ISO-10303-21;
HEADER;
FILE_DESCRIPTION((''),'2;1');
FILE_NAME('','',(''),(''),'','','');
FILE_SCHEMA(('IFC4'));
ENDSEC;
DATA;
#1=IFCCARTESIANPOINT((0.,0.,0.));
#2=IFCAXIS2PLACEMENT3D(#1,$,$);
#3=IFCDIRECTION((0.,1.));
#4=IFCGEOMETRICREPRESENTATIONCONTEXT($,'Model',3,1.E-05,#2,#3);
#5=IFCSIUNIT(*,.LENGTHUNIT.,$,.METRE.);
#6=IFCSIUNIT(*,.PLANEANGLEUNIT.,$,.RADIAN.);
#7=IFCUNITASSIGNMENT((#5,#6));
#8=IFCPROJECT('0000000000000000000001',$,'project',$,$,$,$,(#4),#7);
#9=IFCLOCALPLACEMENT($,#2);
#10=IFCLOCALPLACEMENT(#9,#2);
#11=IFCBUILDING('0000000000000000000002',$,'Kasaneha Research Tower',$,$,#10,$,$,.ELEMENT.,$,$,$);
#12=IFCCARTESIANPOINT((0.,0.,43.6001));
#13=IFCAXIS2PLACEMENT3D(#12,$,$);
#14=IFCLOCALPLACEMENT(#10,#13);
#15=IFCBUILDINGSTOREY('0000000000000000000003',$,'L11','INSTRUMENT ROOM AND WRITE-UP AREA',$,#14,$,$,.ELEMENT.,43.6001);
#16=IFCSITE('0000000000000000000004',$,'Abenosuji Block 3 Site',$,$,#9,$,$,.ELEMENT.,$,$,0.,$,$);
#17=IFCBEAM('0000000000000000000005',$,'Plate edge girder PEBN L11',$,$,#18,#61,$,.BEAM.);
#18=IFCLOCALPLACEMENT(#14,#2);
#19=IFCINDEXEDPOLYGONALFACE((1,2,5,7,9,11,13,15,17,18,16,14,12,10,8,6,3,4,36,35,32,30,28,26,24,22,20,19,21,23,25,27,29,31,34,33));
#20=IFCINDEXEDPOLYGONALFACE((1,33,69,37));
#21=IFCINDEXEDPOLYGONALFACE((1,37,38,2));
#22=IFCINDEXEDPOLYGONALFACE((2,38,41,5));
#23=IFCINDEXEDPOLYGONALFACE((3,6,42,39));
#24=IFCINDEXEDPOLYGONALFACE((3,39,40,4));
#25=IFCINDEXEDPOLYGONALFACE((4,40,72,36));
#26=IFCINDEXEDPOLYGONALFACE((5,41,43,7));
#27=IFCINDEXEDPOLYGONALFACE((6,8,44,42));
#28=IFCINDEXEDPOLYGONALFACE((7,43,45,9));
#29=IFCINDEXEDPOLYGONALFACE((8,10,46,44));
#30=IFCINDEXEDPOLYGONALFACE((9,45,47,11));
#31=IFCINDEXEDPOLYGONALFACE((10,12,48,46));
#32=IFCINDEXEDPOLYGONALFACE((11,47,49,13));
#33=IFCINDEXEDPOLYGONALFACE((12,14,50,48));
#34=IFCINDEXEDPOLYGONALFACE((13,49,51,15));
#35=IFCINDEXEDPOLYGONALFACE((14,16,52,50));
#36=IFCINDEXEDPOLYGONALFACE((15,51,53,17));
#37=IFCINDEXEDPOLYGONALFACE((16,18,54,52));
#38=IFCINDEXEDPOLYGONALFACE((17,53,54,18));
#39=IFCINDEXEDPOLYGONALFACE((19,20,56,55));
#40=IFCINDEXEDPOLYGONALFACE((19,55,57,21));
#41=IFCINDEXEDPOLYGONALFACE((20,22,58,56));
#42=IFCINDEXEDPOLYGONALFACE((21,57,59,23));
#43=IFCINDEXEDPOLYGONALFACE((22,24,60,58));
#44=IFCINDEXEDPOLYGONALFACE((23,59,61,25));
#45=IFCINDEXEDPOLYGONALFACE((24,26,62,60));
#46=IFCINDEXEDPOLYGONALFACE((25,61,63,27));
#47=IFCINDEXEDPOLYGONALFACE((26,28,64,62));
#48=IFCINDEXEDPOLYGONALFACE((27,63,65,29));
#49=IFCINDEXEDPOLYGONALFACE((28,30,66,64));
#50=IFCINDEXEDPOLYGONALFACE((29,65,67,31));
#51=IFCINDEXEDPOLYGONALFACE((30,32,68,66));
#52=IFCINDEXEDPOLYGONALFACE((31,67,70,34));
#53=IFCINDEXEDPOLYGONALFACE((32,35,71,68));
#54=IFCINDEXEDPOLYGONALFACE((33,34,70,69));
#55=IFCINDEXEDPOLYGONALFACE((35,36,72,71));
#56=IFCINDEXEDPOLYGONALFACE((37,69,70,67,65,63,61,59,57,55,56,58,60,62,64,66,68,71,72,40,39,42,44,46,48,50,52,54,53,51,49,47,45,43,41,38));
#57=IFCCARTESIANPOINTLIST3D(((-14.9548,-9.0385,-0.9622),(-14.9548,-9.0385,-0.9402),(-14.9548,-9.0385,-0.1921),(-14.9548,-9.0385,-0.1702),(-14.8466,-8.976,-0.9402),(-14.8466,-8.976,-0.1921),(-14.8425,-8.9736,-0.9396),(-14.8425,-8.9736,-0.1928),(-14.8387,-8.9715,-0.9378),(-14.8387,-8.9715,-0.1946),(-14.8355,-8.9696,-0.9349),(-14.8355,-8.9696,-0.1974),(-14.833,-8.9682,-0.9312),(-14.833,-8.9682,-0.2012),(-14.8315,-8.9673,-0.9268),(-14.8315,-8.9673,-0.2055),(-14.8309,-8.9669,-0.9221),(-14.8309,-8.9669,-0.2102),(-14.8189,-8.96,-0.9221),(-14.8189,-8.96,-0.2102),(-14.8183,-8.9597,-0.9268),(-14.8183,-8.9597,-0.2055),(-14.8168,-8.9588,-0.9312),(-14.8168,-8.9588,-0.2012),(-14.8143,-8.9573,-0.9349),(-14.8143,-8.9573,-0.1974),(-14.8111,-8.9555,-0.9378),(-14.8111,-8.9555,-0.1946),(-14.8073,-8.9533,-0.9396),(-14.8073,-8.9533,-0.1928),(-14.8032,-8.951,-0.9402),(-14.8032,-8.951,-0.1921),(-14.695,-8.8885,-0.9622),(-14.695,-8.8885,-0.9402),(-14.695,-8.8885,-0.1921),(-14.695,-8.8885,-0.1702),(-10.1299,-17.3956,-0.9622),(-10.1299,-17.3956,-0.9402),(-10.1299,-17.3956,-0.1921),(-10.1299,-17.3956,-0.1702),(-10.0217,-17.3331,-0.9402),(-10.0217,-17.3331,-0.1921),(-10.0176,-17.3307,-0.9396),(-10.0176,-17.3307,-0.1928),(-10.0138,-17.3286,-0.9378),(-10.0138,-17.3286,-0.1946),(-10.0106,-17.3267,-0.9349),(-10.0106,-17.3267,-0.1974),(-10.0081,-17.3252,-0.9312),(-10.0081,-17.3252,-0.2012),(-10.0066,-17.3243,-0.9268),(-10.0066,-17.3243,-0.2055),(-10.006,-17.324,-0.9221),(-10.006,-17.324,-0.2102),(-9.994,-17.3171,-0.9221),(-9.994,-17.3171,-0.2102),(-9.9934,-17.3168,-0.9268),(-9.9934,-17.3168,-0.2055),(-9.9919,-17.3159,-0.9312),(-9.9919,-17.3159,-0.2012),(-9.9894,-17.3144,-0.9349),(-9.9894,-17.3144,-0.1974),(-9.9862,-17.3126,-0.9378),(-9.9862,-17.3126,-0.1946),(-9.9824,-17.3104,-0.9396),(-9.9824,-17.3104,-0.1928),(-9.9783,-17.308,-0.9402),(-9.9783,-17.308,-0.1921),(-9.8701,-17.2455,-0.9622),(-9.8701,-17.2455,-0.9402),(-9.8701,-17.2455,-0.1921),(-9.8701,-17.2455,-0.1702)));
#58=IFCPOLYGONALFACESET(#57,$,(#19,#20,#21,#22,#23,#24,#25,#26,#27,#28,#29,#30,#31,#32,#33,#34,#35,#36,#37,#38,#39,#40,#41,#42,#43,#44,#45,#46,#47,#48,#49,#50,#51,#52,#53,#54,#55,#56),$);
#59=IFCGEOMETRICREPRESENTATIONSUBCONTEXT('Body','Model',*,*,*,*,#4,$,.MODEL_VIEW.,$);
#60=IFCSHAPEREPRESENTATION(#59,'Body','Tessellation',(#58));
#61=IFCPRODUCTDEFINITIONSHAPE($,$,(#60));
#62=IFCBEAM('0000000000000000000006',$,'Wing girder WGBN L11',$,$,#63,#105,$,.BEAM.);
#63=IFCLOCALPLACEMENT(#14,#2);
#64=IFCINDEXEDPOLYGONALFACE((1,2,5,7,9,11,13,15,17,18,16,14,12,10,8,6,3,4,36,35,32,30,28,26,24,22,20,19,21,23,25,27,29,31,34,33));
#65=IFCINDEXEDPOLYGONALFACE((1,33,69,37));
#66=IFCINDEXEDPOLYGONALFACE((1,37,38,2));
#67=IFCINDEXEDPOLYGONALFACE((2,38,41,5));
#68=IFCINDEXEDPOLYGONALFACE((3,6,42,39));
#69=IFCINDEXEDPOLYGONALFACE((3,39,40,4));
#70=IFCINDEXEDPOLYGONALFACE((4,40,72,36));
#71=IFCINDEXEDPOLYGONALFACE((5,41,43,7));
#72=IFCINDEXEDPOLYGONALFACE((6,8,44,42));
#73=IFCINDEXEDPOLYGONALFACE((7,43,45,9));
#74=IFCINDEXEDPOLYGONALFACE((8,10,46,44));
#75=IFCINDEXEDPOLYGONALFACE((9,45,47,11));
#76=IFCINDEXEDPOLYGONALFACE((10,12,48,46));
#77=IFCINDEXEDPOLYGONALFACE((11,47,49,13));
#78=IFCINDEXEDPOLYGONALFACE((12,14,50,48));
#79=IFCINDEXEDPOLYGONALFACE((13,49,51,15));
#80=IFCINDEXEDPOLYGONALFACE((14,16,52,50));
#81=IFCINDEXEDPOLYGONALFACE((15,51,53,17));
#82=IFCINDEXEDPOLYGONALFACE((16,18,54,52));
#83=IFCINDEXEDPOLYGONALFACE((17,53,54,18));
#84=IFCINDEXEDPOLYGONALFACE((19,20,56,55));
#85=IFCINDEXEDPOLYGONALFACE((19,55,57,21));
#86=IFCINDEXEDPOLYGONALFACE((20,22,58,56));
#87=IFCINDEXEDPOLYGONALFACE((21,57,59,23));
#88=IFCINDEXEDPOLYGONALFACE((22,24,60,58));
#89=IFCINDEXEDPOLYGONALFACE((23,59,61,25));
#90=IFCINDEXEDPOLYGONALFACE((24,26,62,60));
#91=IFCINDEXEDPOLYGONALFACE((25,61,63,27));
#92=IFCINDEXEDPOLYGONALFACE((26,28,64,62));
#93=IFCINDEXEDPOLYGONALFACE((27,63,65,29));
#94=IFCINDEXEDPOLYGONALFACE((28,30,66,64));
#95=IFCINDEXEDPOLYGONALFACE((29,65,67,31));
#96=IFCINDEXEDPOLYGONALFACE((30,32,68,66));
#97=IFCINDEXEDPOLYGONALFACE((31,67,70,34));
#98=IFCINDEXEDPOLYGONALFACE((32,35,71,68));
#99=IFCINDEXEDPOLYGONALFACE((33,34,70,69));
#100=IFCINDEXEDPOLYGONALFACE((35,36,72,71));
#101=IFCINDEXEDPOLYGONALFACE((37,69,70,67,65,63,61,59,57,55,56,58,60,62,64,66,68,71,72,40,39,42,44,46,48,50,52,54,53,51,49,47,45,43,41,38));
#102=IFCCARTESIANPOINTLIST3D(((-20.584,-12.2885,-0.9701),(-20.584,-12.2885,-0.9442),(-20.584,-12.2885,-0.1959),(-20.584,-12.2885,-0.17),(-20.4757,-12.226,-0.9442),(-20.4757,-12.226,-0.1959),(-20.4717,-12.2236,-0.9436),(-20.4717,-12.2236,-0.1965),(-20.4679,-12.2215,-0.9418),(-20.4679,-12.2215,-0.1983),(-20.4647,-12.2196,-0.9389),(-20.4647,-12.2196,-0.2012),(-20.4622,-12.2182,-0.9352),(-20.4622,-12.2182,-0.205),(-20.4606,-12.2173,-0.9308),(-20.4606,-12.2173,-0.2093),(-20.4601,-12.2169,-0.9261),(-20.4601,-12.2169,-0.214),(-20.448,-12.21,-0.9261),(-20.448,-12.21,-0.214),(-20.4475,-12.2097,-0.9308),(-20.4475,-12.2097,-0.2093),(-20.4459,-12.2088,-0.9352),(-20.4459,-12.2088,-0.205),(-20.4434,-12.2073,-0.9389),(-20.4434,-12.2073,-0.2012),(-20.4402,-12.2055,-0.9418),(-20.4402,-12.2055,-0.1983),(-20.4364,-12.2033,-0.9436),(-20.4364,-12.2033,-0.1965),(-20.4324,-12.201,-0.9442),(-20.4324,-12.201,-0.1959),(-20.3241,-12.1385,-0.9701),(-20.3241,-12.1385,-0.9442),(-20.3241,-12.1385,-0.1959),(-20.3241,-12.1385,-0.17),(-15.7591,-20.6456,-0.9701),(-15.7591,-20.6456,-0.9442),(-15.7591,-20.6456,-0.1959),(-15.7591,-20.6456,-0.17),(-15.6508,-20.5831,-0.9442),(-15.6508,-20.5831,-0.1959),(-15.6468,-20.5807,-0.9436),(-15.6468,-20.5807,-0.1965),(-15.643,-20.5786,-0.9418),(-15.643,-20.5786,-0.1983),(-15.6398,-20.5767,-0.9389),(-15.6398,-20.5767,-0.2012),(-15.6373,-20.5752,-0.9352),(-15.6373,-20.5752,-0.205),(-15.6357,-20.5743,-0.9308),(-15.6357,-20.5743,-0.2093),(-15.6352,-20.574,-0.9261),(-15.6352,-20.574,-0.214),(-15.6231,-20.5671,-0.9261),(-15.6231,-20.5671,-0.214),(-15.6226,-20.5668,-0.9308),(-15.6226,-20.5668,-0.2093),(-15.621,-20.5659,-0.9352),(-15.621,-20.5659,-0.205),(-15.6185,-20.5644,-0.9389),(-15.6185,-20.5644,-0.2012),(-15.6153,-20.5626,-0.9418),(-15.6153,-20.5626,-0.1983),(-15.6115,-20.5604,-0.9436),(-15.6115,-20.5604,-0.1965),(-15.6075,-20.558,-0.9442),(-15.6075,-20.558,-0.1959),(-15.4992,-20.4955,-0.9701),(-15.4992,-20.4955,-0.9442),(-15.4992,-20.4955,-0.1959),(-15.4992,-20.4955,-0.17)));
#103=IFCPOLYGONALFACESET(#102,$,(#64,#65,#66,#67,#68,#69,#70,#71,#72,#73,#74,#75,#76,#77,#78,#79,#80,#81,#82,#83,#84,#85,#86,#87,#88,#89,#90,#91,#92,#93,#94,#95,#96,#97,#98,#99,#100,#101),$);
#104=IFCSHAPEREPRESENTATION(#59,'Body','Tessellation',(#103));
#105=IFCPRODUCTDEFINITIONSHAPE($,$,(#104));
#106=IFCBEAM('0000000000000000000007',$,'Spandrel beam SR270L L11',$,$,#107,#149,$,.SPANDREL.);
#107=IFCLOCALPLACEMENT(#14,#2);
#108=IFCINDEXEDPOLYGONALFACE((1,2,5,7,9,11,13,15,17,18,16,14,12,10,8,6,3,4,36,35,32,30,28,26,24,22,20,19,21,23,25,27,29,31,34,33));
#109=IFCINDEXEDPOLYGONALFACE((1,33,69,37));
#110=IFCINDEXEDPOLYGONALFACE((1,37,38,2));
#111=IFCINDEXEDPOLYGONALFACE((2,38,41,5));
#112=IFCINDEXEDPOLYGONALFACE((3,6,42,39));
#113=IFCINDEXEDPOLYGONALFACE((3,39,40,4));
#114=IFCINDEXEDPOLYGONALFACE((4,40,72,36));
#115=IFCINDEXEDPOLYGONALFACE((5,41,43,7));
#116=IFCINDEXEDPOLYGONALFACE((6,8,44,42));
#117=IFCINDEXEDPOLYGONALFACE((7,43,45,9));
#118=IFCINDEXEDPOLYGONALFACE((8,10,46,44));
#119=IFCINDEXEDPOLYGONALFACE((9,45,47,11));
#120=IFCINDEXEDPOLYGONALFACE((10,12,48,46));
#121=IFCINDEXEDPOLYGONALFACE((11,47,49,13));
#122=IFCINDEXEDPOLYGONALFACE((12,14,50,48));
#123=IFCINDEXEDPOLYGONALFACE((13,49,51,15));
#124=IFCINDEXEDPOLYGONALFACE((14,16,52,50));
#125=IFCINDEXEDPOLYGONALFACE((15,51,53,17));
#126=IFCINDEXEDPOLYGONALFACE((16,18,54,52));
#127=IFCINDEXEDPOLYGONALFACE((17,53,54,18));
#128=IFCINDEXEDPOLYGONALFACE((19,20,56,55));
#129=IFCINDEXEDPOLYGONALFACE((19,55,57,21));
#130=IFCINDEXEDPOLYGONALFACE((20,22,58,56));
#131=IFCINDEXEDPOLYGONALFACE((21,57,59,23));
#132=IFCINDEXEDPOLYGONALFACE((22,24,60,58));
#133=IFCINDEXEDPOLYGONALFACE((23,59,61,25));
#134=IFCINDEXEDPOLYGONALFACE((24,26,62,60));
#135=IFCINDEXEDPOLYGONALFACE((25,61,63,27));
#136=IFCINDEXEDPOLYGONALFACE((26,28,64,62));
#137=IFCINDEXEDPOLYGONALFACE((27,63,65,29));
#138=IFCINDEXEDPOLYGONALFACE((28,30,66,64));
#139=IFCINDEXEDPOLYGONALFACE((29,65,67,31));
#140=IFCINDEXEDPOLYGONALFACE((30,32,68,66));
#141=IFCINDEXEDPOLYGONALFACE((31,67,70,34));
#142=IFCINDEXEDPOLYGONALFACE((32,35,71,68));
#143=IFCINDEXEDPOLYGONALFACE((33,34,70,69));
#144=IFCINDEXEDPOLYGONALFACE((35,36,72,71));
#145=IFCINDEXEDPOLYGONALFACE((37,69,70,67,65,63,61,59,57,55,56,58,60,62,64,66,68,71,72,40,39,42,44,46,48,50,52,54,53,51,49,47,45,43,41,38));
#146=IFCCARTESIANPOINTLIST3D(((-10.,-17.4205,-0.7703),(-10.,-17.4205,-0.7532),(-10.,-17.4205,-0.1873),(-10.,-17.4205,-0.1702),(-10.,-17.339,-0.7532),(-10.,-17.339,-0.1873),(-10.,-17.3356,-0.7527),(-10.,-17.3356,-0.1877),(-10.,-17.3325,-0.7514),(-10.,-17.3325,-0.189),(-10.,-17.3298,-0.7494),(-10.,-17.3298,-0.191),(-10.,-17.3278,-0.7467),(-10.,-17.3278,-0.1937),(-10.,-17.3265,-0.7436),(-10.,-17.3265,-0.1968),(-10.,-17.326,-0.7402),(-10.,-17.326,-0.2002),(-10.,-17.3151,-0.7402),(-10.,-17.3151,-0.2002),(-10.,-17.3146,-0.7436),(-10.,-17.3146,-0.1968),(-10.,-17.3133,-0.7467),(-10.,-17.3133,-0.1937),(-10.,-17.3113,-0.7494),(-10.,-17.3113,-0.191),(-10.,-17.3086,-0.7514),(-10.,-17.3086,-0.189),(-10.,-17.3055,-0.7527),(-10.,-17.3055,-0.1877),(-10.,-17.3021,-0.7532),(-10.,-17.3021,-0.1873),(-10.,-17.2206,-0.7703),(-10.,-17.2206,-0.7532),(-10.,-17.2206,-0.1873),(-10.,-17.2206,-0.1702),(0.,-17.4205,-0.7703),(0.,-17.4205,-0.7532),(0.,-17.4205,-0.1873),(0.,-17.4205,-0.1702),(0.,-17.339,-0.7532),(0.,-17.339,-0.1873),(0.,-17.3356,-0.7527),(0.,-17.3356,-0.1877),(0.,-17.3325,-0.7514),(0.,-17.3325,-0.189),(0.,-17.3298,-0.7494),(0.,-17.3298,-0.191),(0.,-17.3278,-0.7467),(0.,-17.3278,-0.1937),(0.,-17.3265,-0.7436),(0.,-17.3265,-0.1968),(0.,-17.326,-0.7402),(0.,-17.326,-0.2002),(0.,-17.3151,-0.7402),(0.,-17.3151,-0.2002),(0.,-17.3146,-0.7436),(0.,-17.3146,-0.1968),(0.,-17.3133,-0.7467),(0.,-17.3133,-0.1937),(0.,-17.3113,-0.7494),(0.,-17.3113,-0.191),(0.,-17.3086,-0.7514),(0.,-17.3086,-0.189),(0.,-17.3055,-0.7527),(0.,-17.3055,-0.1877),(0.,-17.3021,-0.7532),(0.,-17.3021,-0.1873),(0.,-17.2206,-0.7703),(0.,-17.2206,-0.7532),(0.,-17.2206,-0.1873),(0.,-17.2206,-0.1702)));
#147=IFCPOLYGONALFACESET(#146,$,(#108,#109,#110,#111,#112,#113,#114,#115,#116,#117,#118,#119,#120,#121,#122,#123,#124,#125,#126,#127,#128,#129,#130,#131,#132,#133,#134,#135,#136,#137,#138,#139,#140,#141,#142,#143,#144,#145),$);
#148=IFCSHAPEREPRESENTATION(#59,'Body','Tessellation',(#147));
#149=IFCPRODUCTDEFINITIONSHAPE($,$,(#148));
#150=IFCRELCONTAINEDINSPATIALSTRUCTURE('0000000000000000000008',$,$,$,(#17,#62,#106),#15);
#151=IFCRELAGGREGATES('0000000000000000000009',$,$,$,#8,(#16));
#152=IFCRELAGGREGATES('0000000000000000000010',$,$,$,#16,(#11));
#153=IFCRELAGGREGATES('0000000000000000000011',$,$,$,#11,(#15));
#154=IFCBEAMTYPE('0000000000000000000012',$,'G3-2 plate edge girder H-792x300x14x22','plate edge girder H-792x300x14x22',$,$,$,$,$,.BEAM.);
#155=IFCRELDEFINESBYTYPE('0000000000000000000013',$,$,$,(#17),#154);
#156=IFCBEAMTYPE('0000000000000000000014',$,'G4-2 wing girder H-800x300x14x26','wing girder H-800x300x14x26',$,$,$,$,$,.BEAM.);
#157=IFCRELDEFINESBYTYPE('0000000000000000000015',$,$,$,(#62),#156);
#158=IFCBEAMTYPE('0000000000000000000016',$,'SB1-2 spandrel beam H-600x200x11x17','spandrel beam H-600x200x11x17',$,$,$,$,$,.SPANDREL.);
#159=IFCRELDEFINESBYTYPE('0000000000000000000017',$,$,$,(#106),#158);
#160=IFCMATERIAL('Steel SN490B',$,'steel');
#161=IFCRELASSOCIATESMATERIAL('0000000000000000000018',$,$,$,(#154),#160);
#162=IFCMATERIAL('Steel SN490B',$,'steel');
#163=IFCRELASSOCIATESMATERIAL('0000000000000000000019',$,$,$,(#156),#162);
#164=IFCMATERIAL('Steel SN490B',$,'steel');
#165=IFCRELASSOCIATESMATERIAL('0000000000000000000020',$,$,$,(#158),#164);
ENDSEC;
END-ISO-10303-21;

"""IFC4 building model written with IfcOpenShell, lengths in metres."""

from ifc_helpers import new_model, si_unit, direction, frame, origin, origin_2d, place, context, subcontext, project, spatial, i_section, extrude, material, material_profile, profile_set, type_object, element, save


model = new_model("IFC4")

# Units and contexts
model_context = context("Model", 3, precision=1e-05, world=origin(), true_north=direction((0.0, 1.0)))
body_context = subcontext(model_context, "Body", "Model", "MODEL_VIEW")
ifc_project = project(units=[si_unit("LENGTHUNIT", "METRE"), si_unit("PLANEANGLEUNIT", "RADIAN")], contexts=[model_context])

# Site, building, storey
site_placement = place(None, origin())
site = spatial("IfcSite", under=ifc_project, at=site_placement, Name="Abenosuji Block 3 Site", CompositionType="ELEMENT", RefElevation=0.0)
building_placement = place(site_placement, origin())
building = spatial("IfcBuilding", under=site, at=building_placement, Name="Kasaneha Research Tower", CompositionType="ELEMENT")
storey_placement = place(building_placement, frame((0.0, 0.0, 43.6001)))
storey = spatial("IfcBuildingStorey", under=building, at=storey_placement, Name="L11", Description="INSTRUMENT ROOM AND WRITE-UP AREA", CompositionType="ELEMENT", Elevation=43.6001)

# Beams
ifc_material_1 = material(Name="Steel SN490B", Category="steel")
ifc_material_profile_1 = material_profile(ifc_material_1, i_section(OverallWidth=0.3, OverallDepth=0.792, WebThickness=0.0139, FlangeThickness=0.022, FilletRadius=0.0181, at=origin_2d()), Name="H-792x300x14x22")
ifc_profile_set_1 = profile_set([ifc_material_profile_1], Name="Steel SN490B")
beam_type_1 = type_object("IfcBeamType", Name="G3-2 plate edge girder H-792x300x14x22", Description="plate edge girder H-792x300x14x22", PredefinedType="BEAM", material=ifc_profile_set_1)
beam_1_placement = place(storey_placement, frame((-10.0, -17.3206, -0.5662), z_axis=(-0.499995, 0.866028, 0.0), x_axis=(-0.866028, -0.499995, 0.0)))
element("IfcBeam", 1, at=beam_1_placement, inside=storey, type_object=beam_type_1, Name="Plate edge girder PEBN L11", PredefinedType="BEAM", context=body_context, shape_type="SweptSolid", body=[
    extrude(i_section(OverallWidth=0.3, OverallDepth=0.792, WebThickness=0.0139, FlangeThickness=0.022, FilletRadius=0.0181, at=origin_2d()), origin(), (0.0, 0.0, 1.0), 9.6499),
])
ifc_material_2 = material(Name="Steel SN490B", Category="steel")
ifc_material_profile_2 = material_profile(ifc_material_2, i_section(OverallWidth=0.3, OverallDepth=0.8, WebThickness=0.0139, FlangeThickness=0.0259, FilletRadius=0.0181, at=origin_2d()), Name="H-800x300x14x26")
ifc_profile_set_2 = profile_set([ifc_material_profile_2], Name="Steel SN490B")
beam_type_2 = type_object("IfcBeamType", Name="G4-2 wing girder H-800x300x14x26", Description="wing girder H-800x300x14x26", PredefinedType="BEAM", material=ifc_profile_set_2)
beam_2_placement = place(storey_placement, frame((-15.6292, -20.5706, -0.5701), z_axis=(-0.499995, 0.866028, 0.0), x_axis=(-0.866028, -0.499995, 0.0)))
element("IfcBeam", 2, at=beam_2_placement, inside=storey, type_object=beam_type_2, Name="Wing girder WGBN L11", PredefinedType="BEAM", context=body_context, shape_type="SweptSolid", body=[
    extrude(i_section(OverallWidth=0.3, OverallDepth=0.8, WebThickness=0.0139, FlangeThickness=0.0259, FilletRadius=0.0181, at=origin_2d()), origin(), (0.0, 0.0, 1.0), 9.6499),
])
ifc_material_3 = material(Name="Steel SN490B", Category="steel")
ifc_material_profile_3 = material_profile(ifc_material_3, i_section(OverallWidth=0.2, OverallDepth=0.6001, WebThickness=0.011, FlangeThickness=0.0171, FilletRadius=0.0129, at=origin_2d()), Name="H-600x200x11x17")
ifc_profile_set_3 = profile_set([ifc_material_profile_3], Name="Steel SN490B")
beam_type_3 = type_object("IfcBeamType", Name="SB1-2 spandrel beam H-600x200x11x17", Description="spandrel beam H-600x200x11x17", PredefinedType="SPANDREL", material=ifc_profile_set_3)
beam_3_placement = place(storey_placement, frame((-10.0, -17.3206, -0.4702), z_axis=(1.0, 0.0, 0.0), x_axis=(0.0, 1.0, 0.0)))
element("IfcBeam", 3, at=beam_3_placement, inside=storey, type_object=beam_type_3, Name="Spandrel beam SR270L L11", PredefinedType="SPANDREL", context=body_context, shape_type="SweptSolid", body=[
    extrude(i_section(OverallWidth=0.2, OverallDepth=0.6001, WebThickness=0.011, FlangeThickness=0.0171, FilletRadius=0.0129, at=origin_2d()), origin(), (0.0, 0.0, 1.0), 10.0),
])

save(model, "model.ifc")
